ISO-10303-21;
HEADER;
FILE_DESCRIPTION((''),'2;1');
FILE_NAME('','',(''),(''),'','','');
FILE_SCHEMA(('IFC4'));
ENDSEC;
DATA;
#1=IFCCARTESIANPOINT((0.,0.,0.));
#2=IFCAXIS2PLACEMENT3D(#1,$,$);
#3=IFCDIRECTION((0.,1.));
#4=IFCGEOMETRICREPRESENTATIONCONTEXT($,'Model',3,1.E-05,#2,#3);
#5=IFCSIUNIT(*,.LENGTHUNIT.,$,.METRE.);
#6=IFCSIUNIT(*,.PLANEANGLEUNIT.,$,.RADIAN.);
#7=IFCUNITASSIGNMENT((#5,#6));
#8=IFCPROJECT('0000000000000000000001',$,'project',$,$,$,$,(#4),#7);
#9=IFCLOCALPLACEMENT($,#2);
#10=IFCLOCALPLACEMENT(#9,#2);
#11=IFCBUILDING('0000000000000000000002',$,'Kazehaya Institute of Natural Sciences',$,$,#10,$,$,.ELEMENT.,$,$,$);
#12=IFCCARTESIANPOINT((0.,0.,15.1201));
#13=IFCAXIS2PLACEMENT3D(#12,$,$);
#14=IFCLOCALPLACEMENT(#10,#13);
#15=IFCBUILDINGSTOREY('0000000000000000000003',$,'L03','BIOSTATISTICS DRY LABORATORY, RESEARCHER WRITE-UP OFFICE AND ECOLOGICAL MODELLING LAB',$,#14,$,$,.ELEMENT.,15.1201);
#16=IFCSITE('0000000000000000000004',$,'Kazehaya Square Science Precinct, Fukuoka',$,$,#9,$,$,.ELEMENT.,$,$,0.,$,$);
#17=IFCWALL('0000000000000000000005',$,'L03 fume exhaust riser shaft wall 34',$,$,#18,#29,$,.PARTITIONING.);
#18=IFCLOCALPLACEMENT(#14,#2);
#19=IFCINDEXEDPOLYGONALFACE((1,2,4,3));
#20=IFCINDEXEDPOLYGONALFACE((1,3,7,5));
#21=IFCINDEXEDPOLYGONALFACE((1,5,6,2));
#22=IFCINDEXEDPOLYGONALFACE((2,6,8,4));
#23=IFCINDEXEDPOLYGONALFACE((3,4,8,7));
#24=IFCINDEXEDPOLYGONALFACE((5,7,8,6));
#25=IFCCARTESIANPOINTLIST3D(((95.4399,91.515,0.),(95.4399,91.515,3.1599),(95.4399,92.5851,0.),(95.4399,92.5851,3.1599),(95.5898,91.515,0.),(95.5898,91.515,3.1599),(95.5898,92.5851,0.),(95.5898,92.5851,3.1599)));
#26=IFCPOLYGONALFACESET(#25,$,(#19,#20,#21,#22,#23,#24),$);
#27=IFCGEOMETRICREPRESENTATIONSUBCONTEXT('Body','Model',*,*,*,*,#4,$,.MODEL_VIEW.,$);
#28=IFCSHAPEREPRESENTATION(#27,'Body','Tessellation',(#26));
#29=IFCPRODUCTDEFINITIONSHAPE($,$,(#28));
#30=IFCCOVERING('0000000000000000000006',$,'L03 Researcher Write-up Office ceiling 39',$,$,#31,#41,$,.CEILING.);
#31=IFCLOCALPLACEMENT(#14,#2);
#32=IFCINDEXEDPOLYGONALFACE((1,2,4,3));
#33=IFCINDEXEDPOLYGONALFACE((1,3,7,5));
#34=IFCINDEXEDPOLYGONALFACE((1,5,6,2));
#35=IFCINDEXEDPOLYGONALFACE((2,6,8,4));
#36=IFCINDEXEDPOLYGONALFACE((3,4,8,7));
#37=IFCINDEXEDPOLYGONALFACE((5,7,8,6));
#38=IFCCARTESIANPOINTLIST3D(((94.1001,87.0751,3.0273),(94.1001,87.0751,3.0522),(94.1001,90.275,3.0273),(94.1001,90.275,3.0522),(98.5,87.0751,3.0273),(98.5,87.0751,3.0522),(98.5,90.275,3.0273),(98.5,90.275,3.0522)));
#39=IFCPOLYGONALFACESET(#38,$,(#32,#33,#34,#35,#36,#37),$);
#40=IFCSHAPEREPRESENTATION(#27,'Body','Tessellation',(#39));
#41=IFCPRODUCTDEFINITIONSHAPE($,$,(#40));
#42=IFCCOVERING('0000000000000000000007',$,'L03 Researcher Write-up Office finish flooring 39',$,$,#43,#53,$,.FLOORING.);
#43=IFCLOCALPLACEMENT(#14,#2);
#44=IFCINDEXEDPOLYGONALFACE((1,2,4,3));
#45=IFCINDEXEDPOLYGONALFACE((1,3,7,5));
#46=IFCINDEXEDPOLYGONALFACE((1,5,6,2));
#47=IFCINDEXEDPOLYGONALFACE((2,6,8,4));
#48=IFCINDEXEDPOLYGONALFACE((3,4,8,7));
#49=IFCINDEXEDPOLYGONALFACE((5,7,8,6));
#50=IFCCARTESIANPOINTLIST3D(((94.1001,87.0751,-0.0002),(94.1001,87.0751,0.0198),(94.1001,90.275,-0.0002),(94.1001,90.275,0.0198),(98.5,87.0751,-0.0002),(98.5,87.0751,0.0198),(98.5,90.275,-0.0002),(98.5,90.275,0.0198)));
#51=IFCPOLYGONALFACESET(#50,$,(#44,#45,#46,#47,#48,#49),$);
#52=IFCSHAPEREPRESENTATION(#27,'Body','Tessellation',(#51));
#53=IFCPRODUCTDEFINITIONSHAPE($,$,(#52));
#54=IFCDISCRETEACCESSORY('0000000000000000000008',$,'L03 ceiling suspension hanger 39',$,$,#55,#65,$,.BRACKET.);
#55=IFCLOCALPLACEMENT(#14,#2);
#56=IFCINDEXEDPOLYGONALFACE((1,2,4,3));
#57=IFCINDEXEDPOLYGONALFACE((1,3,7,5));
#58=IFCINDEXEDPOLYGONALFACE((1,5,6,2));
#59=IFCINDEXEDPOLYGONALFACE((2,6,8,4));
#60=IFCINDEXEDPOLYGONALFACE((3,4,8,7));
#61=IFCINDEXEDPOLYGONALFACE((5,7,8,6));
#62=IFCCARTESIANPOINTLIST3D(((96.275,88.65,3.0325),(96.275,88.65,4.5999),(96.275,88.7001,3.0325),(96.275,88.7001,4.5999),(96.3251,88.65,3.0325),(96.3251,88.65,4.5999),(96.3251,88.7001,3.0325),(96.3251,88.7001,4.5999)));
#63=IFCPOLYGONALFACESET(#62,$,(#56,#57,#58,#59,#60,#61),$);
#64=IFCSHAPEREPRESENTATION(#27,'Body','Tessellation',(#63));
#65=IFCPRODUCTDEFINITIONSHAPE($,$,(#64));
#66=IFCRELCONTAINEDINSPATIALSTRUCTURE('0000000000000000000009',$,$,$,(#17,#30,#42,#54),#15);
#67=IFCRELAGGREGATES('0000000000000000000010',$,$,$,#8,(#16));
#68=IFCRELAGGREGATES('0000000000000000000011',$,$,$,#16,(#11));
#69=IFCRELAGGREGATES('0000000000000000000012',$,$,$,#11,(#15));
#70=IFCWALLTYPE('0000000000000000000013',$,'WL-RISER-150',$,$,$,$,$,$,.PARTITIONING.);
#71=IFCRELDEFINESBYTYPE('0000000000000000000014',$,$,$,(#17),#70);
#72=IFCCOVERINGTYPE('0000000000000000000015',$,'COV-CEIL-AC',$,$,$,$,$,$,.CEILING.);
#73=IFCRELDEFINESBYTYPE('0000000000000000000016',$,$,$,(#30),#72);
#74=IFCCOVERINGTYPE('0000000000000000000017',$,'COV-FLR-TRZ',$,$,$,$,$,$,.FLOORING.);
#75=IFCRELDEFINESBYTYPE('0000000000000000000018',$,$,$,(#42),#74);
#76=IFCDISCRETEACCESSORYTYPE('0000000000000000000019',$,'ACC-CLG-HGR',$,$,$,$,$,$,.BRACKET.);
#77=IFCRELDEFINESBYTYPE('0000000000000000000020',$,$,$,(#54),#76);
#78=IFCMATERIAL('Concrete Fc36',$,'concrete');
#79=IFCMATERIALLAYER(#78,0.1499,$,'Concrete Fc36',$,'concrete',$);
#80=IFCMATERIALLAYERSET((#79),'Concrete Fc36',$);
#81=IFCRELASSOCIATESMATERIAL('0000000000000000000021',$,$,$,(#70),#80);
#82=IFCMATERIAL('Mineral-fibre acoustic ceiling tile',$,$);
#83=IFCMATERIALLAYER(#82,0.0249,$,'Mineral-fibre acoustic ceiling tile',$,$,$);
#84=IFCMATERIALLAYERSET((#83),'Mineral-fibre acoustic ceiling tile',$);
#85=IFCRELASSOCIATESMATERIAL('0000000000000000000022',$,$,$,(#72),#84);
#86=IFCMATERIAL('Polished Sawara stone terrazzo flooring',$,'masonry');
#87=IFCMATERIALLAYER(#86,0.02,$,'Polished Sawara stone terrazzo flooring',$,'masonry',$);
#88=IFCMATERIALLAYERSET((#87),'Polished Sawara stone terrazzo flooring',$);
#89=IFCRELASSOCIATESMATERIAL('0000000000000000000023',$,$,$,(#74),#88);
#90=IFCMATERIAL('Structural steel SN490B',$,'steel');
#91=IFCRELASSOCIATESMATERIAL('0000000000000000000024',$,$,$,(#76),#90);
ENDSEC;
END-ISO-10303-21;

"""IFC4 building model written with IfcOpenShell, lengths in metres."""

from ifc_helpers import new_model, si_unit, direction, frame, frame_2d, origin, origin_2d, place, context, subcontext, project, spatial, rectangle, extrude, material, layer, layer_set, type_object, element, save


model = new_model("IFC4")

# Units and contexts
model_context = context("Model", 3, precision=1e-05, world=origin(), true_north=direction((0.0, 1.0)))
body_context = subcontext(model_context, "Body", "Model", "MODEL_VIEW")
ifc_project = project(units=[si_unit("LENGTHUNIT", "METRE"), si_unit("PLANEANGLEUNIT", "RADIAN")], contexts=[model_context])

# Site, building, storey
site_placement = place(None, origin())
site = spatial("IfcSite", under=ifc_project, at=site_placement, Name="Kazehaya Square Science Precinct, Fukuoka", CompositionType="ELEMENT", RefElevation=0.0)
building_placement = place(site_placement, origin())
building = spatial("IfcBuilding", under=site, at=building_placement, Name="Kazehaya Institute of Natural Sciences", CompositionType="ELEMENT")
storey_placement = place(building_placement, frame((0.0, 0.0, 15.1201)))
storey = spatial("IfcBuildingStorey", under=building, at=storey_placement, Name="L03", Description="BIOSTATISTICS DRY LABORATORY, RESEARCHER WRITE-UP OFFICE AND ECOLOGICAL MODELLING LAB", CompositionType="ELEMENT", Elevation=15.1201)

# Shared definitions
ifc_material_1 = material(Name="Concrete Fc36", Category="concrete")

# Wall
ifc_layer_1 = layer(ifc_material_1, 0.1499, Name="Concrete Fc36", Category="concrete")
ifc_layer_set_1 = layer_set([ifc_layer_1], Name="Concrete Fc36")
wall_type_1 = type_object("IfcWallType", Name="WL-RISER-150", PredefinedType="PARTITIONING", material=ifc_layer_set_1)
wall_1_placement = place(storey_placement, frame((95.5149, 91.5149, 0.0), z_axis=(0.0, 0.0, 1.0), x_axis=(0.0, 1.0, 0.0)))
element("IfcWall", 1, at=wall_1_placement, inside=storey, type_object=wall_type_1, Name="L03 fume exhaust riser shaft wall 34", PredefinedType="PARTITIONING", context=body_context, shape_type="SweptSolid", body=[
    extrude(rectangle(XDim=1.0701, YDim=0.1499, at=frame_2d((0.5352, 0.0))), origin(), (0.0, 0.0, 1.0), 3.1599),
])

# Coverings
ifc_material_2 = material(Name="Mineral-fibre acoustic ceiling tile")
ifc_layer_2 = layer(ifc_material_2, 0.0249, Name="Mineral-fibre acoustic ceiling tile")
ifc_layer_set_2 = layer_set([ifc_layer_2], Name="Mineral-fibre acoustic ceiling tile")
covering_type_1 = type_object("IfcCoveringType", Name="COV-CEIL-AC", PredefinedType="CEILING", material=ifc_layer_set_2)
covering_1_placement = place(storey_placement, frame((96.3, 88.675, 3.0273), z_axis=(0.0, 0.0, 1.0), x_axis=(1.0, 0.0, 0.0)))
element("IfcCovering", 2, at=covering_1_placement, inside=storey, type_object=covering_type_1, Name="L03 Researcher Write-up Office ceiling 39", PredefinedType="CEILING", context=body_context, shape_type="SweptSolid", body=[
    extrude(rectangle(XDim=4.3999, YDim=3.2, at=origin_2d()), origin(), (0.0, 0.0, 1.0), 0.0249),
])
ifc_material_3 = material(Name="Polished Sawara stone terrazzo flooring", Category="masonry")
ifc_layer_3 = layer(ifc_material_3, 0.02, Name="Polished Sawara stone terrazzo flooring", Category="masonry")
ifc_layer_set_3 = layer_set([ifc_layer_3], Name="Polished Sawara stone terrazzo flooring")
covering_type_2 = type_object("IfcCoveringType", Name="COV-FLR-TRZ", PredefinedType="FLOORING", material=ifc_layer_set_3)
covering_2_placement = place(storey_placement, frame((96.3, 88.675, -0.0002), z_axis=(0.0, 0.0, 1.0), x_axis=(1.0, 0.0, 0.0)))
element("IfcCovering", 3, at=covering_2_placement, inside=storey, type_object=covering_type_2, Name="L03 Researcher Write-up Office finish flooring 39", PredefinedType="FLOORING", context=body_context, shape_type="SweptSolid", body=[
    extrude(rectangle(XDim=4.3999, YDim=3.2, at=origin_2d()), origin(), (0.0, 0.0, 1.0), 0.02),
])

# Discrete accessory
ifc_material_4 = material(Name="Structural steel SN490B", Category="steel")
discrete_accessory_type = type_object("IfcDiscreteAccessoryType", Name="ACC-CLG-HGR", PredefinedType="BRACKET", material=ifc_material_4)
discrete_accessory_placement = place(storey_placement, frame((96.3, 88.675, 3.0325), z_axis=(0.0, 0.0, 1.0), x_axis=(1.0, 0.0, 0.0)))
element("IfcDiscreteAccessory", 4, at=discrete_accessory_placement, inside=storey, type_object=discrete_accessory_type, Name="L03 ceiling suspension hanger 39", PredefinedType="BRACKET", context=body_context, shape_type="SweptSolid", body=[
    extrude(rectangle(XDim=0.05, YDim=0.05, at=origin_2d()), origin(), (0.0, 0.0, 1.0), 1.5674),
])

save(model, "model.ifc")
